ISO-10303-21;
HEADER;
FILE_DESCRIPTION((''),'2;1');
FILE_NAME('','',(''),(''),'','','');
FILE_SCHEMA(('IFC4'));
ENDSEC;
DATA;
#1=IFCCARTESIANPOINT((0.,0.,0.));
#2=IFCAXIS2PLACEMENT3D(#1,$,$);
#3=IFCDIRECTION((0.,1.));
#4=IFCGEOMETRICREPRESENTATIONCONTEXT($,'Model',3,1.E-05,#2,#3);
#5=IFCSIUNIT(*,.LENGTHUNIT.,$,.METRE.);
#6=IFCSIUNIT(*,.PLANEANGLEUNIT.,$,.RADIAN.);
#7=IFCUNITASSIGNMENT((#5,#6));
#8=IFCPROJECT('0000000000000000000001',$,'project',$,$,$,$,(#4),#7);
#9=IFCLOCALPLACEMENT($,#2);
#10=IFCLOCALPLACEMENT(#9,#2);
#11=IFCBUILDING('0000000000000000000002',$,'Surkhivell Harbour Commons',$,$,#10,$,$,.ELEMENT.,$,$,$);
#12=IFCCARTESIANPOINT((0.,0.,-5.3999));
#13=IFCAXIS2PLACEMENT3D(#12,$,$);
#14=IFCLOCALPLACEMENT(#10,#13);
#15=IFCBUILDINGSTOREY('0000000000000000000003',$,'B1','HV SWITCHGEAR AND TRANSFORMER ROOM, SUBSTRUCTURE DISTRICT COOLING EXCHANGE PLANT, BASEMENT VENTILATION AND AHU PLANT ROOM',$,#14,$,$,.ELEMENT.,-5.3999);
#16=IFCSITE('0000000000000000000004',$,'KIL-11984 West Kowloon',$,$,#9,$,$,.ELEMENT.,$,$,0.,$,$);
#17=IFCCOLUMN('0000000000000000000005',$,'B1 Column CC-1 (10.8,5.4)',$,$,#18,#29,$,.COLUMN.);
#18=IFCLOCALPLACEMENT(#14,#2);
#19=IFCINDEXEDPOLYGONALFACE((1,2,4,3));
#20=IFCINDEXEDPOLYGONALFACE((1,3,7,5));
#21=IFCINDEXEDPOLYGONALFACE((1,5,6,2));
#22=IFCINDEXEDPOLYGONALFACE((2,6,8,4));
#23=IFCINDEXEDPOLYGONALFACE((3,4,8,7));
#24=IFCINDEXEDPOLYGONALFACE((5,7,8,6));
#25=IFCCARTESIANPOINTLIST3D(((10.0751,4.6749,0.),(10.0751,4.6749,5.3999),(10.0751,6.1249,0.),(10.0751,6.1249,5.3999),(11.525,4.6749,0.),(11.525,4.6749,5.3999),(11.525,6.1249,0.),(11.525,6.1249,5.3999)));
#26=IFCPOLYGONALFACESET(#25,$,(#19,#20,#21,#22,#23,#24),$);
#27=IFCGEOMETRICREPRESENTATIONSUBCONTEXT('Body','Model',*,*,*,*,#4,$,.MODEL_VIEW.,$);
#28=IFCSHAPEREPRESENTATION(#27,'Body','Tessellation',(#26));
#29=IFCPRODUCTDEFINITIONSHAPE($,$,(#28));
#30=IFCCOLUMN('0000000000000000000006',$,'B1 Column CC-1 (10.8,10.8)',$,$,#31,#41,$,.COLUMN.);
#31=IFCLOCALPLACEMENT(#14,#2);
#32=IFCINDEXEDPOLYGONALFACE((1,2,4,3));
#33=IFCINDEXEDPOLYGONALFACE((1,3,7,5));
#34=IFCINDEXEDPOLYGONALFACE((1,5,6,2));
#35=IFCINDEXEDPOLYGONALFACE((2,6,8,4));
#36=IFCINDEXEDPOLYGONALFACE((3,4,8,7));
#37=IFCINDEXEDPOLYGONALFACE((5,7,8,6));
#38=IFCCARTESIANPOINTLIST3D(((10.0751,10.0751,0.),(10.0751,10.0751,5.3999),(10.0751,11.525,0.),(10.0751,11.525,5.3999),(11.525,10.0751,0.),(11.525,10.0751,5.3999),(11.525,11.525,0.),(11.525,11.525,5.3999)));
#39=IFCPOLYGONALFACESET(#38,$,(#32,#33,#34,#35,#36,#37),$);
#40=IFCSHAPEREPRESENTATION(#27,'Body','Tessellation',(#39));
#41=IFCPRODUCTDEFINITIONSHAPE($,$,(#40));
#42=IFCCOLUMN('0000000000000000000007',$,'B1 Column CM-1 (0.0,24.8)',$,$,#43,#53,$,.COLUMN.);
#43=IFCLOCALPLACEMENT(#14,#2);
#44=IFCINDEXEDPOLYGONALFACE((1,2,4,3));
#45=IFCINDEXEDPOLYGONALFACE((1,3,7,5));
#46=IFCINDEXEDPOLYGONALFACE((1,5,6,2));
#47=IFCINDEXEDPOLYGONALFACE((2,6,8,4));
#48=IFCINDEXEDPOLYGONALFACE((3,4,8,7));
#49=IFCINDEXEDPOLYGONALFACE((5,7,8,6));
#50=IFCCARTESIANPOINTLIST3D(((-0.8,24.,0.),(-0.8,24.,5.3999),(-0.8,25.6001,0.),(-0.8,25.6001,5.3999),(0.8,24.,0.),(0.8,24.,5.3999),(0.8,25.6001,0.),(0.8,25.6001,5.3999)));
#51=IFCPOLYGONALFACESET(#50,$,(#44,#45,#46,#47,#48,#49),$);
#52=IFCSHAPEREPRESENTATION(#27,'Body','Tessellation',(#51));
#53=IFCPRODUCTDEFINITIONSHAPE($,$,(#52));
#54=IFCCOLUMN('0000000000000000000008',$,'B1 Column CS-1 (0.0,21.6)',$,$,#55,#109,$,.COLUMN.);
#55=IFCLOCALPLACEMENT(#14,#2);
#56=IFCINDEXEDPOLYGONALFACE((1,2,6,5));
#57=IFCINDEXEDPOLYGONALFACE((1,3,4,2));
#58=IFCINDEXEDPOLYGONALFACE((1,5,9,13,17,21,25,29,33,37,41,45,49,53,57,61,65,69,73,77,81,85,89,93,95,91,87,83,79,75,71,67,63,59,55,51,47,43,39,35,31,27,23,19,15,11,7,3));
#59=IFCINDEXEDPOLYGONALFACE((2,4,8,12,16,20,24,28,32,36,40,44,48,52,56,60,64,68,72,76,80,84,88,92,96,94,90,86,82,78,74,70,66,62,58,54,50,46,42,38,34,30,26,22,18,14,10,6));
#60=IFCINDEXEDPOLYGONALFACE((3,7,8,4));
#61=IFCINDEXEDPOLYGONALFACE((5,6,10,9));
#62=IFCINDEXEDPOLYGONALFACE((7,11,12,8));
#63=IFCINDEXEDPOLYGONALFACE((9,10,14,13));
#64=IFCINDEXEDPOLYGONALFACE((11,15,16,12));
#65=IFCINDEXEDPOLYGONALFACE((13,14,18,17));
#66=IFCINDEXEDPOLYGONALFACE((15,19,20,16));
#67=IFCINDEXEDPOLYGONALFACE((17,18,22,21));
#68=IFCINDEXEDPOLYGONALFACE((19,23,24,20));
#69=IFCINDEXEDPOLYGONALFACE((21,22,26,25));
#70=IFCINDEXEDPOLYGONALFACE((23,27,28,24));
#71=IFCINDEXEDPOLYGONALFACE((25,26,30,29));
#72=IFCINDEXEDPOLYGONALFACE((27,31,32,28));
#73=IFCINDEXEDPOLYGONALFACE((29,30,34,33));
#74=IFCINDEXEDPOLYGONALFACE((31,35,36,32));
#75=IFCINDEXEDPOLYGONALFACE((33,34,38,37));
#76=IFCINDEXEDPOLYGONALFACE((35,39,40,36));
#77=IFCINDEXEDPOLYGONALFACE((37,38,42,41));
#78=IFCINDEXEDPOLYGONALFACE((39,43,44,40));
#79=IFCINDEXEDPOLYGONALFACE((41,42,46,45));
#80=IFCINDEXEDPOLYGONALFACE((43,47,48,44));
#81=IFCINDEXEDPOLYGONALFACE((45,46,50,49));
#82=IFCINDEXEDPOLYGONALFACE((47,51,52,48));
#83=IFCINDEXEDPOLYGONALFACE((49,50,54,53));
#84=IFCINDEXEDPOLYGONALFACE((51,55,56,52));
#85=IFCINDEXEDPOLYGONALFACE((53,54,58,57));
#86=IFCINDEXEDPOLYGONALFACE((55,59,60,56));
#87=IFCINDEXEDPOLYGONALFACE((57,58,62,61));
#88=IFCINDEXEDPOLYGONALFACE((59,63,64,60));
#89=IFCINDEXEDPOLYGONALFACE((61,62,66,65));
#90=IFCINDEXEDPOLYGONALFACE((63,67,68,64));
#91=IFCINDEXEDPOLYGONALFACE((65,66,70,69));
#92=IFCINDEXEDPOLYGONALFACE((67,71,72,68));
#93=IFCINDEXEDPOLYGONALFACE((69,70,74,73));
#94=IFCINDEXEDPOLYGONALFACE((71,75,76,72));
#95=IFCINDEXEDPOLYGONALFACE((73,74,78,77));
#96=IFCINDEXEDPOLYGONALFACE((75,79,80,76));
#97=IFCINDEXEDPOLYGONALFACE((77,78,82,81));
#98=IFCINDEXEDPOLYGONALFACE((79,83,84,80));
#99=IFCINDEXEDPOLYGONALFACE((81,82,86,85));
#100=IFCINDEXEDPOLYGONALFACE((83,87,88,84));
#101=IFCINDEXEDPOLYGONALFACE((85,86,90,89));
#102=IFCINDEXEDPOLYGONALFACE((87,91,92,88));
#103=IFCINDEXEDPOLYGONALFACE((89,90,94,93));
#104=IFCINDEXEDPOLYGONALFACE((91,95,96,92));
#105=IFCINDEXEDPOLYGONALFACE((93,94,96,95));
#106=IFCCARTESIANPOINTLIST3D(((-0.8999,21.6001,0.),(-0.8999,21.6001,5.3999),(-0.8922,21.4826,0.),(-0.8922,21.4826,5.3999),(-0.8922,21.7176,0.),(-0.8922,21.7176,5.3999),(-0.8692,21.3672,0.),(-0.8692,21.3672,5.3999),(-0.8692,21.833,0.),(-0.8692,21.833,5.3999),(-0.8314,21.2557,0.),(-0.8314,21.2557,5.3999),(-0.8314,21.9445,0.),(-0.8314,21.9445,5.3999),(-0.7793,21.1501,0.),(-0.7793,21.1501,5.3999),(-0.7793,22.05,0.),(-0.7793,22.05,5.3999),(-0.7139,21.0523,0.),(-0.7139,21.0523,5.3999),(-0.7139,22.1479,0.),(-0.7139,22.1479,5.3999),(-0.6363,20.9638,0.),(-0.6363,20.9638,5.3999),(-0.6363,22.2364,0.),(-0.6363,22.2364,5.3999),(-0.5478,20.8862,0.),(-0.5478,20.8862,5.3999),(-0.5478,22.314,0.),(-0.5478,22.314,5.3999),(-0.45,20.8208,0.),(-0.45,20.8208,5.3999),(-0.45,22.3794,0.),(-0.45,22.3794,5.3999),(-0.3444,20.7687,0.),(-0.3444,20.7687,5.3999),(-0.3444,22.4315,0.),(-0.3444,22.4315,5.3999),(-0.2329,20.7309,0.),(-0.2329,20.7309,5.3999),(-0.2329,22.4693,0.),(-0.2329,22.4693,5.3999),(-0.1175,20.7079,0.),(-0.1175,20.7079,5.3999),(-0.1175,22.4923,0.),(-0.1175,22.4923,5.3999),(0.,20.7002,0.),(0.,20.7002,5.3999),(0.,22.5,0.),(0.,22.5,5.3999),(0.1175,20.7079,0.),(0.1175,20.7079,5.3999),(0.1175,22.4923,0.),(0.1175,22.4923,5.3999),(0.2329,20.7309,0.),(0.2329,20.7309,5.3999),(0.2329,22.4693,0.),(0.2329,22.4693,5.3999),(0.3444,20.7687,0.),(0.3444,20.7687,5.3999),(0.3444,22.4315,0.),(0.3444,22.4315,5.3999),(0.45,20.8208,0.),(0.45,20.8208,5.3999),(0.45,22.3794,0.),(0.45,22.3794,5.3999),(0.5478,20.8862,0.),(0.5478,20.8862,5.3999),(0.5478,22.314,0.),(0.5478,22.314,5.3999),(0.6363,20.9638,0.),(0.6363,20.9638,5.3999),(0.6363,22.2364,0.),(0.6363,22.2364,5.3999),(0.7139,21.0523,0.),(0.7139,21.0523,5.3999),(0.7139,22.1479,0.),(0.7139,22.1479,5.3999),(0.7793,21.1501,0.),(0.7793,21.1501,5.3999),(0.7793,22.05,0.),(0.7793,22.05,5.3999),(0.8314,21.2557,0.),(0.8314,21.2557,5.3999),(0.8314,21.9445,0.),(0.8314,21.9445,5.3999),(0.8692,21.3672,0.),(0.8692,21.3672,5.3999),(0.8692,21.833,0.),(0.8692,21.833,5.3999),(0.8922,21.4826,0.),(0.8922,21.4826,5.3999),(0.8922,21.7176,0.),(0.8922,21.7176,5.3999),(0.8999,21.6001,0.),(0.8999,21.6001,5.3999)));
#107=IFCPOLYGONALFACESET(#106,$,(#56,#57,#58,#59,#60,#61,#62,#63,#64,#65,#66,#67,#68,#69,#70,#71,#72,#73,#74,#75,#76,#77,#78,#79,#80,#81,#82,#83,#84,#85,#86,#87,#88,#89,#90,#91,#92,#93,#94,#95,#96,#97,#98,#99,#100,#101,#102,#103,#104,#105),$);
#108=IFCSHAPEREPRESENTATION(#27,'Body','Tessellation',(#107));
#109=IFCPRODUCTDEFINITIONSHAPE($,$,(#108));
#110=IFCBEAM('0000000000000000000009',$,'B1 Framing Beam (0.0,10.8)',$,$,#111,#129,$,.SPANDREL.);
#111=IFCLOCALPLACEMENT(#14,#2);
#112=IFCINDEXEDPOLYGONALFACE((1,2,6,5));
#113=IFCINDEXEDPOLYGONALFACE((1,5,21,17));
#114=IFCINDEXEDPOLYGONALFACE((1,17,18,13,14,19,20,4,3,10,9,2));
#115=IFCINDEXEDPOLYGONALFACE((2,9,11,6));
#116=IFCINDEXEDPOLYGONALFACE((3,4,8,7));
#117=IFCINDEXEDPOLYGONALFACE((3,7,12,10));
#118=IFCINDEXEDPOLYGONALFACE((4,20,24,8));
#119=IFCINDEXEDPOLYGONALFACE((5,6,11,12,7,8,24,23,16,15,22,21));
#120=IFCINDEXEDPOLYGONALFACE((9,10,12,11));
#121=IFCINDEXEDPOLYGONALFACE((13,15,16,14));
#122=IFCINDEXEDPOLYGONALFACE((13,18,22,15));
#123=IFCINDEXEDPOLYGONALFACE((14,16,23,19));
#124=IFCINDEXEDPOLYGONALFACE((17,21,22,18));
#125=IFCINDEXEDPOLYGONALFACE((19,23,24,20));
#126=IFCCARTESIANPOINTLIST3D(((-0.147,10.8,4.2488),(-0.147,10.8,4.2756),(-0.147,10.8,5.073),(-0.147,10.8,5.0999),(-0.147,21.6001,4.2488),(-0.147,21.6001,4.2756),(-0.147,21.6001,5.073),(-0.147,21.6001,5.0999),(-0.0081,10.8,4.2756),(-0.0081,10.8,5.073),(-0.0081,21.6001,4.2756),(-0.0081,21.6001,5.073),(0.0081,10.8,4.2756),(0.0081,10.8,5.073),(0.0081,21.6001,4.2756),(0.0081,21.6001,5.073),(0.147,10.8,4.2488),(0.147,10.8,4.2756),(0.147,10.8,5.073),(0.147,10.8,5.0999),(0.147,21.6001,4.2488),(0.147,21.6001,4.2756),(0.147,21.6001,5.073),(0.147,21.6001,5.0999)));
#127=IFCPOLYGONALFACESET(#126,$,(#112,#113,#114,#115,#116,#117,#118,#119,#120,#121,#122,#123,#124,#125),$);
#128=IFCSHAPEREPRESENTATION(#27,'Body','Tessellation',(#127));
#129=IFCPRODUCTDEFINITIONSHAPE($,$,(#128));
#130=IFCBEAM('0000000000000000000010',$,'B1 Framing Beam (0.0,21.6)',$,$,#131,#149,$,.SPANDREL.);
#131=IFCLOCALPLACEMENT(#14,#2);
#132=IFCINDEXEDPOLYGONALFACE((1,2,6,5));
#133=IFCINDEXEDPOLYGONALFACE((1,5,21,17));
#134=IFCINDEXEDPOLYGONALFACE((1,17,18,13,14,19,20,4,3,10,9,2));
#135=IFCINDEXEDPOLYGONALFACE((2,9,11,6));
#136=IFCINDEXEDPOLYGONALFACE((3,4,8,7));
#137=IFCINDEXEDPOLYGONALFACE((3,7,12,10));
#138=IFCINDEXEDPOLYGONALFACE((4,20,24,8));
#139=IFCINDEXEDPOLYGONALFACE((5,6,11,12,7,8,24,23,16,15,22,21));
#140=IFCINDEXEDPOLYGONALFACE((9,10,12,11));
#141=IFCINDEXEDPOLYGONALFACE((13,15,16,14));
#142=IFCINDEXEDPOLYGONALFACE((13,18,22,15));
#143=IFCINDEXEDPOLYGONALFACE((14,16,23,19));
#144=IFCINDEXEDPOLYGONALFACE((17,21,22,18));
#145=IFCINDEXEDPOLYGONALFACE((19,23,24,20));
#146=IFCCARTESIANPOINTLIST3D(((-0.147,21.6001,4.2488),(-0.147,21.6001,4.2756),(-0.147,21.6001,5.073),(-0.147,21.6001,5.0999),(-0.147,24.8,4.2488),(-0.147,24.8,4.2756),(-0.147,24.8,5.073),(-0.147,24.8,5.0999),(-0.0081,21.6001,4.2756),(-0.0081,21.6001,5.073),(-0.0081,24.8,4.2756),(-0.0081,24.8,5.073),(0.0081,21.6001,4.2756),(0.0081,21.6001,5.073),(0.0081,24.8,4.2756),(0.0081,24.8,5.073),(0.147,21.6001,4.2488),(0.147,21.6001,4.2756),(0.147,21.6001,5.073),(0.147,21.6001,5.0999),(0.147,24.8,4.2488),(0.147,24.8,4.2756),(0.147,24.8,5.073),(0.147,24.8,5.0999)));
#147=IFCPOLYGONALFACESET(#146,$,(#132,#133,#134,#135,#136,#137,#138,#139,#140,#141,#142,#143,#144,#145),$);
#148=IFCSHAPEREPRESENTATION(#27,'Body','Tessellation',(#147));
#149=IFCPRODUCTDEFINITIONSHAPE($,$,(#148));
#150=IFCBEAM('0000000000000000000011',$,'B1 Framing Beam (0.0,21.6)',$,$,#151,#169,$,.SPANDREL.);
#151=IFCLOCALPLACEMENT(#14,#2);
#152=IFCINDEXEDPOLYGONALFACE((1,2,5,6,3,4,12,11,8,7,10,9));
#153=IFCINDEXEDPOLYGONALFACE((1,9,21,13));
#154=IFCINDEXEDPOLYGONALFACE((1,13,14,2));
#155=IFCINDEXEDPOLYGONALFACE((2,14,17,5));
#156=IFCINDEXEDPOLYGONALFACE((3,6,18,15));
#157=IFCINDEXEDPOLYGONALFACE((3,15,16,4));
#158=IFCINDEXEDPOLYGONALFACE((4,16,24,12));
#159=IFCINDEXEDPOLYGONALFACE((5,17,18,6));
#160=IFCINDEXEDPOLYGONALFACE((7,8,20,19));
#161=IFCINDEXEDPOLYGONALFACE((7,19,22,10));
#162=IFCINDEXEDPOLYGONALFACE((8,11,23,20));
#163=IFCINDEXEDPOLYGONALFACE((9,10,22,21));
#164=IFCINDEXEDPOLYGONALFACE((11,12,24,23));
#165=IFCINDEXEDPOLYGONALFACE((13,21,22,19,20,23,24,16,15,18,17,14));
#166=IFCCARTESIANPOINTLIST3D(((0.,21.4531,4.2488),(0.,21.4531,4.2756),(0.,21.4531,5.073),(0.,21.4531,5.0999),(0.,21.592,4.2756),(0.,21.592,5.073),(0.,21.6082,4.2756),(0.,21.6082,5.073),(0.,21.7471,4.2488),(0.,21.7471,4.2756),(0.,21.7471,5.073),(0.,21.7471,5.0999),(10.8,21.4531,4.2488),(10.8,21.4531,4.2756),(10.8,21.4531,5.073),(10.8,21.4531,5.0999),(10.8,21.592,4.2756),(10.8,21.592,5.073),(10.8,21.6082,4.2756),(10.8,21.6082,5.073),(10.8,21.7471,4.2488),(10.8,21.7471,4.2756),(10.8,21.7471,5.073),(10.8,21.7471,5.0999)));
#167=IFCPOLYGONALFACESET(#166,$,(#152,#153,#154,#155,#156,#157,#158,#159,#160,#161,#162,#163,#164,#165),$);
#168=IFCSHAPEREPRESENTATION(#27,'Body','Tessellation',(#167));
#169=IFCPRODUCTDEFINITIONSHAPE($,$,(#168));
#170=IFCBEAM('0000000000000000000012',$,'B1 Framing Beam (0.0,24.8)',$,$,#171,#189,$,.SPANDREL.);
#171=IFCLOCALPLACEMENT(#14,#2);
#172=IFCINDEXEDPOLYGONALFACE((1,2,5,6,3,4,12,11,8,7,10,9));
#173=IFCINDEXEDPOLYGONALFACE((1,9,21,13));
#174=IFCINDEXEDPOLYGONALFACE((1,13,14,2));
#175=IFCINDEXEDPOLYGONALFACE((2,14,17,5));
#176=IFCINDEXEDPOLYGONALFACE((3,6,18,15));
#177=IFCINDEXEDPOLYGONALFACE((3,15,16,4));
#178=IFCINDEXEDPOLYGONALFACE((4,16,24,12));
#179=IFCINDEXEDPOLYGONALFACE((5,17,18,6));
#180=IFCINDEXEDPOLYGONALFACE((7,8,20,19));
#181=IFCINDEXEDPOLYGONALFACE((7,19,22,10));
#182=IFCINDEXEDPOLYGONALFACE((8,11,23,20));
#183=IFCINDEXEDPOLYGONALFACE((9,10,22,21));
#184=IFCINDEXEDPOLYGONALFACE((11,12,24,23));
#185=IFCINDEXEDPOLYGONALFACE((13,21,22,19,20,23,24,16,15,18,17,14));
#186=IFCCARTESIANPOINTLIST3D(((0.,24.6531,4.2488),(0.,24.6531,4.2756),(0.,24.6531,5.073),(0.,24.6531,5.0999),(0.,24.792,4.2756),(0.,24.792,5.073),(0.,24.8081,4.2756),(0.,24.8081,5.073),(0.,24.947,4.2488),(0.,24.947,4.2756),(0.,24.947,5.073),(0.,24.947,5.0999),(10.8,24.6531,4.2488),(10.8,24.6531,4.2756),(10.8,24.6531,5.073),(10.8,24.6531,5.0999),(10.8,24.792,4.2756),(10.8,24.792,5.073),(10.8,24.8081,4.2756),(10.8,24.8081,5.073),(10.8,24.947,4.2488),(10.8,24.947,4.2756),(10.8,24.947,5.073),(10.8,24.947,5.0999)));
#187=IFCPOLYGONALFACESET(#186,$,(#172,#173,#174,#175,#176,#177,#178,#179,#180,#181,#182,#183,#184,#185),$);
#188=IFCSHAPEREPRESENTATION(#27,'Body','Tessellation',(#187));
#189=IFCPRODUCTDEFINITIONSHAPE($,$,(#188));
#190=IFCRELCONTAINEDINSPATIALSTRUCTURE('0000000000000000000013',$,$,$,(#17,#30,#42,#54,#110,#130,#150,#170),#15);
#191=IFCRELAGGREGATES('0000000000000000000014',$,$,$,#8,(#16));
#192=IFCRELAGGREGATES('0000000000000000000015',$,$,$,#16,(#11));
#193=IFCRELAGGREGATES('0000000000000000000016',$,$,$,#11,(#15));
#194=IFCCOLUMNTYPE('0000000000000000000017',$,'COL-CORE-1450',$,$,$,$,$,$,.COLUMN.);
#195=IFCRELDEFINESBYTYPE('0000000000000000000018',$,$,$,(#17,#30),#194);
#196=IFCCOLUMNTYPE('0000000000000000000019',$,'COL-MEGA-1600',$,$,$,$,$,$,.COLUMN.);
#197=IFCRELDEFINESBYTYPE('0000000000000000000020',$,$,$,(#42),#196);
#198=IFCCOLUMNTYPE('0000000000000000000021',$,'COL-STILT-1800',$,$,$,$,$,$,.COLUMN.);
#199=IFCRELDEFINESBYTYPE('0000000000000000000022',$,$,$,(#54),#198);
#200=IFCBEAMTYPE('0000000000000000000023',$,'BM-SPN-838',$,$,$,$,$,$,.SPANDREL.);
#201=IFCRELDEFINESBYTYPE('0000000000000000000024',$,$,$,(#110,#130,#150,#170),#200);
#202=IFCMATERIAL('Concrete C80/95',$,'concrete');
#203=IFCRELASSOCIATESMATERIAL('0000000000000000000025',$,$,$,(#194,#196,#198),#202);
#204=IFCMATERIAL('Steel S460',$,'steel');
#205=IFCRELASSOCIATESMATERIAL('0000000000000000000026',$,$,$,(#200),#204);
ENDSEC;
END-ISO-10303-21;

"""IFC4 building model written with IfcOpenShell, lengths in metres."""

from ifc_helpers import new_model, si_unit, direction, frame, origin, origin_2d, place, context, subcontext, project, spatial, rectangle, circle, i_section, extrude, material, material_profile, profile_set, type_object, element, save


model = new_model("IFC4")

# Units and contexts
model_context = context("Model", 3, precision=1e-05, world=origin(), true_north=direction((0.0, 1.0)))
body_context = subcontext(model_context, "Body", "Model", "MODEL_VIEW")
ifc_project = project(units=[si_unit("LENGTHUNIT", "METRE"), si_unit("PLANEANGLEUNIT", "RADIAN")], contexts=[model_context])

# Site, building, storey
site_placement = place(None, origin())
site = spatial("IfcSite", under=ifc_project, at=site_placement, Name="KIL-11984 West Kowloon", CompositionType="ELEMENT", RefElevation=0.0)
building_placement = place(site_placement, origin())
building = spatial("IfcBuilding", under=site, at=building_placement, Name="Surkhivell Harbour Commons", CompositionType="ELEMENT")
storey_placement = place(building_placement, frame((0.0, 0.0, -5.3999)))
storey = spatial("IfcBuildingStorey", under=building, at=storey_placement, Name="B1", Description="HV SWITCHGEAR AND TRANSFORMER ROOM, SUBSTRUCTURE DISTRICT COOLING EXCHANGE PLANT, BASEMENT VENTILATION AND AHU PLANT ROOM", CompositionType="ELEMENT", Elevation=-5.3999)

# Columns
ifc_material_1 = material(Name="Concrete C80/95", Category="concrete")
ifc_material_profile_1 = material_profile(ifc_material_1, rectangle(XDim=1.45, YDim=1.45, at=origin_2d()), Name="RC-COL-1450x1450")
ifc_profile_set_1 = profile_set([ifc_material_profile_1], Name="Concrete C80/95")
column_type_1 = type_object("IfcColumnType", Name="COL-CORE-1450", PredefinedType="COLUMN", material=ifc_profile_set_1)
for number, where, z_axis, x_axis, name in (
    (1, (10.8, 5.3999, 0.0), (0.0, 0.0, 1.0), (1.0, 0.0, 0.0), "B1 Column CC-1 (10.8,5.4)"),
    (2, (10.8, 10.8, 0.0), (0.0, 0.0, 1.0), (1.0, 0.0, 0.0), "B1 Column CC-1 (10.8,10.8)"),
):
    element("IfcColumn", number, at=place(storey_placement, frame(where, z_axis=z_axis, x_axis=x_axis)), inside=storey, type_object=column_type_1, Name=name, PredefinedType="COLUMN", context=body_context, shape_type="SweptSolid", body=[
        extrude(rectangle(XDim=1.45, YDim=1.45, at=origin_2d()), origin(), (0.0, 0.0, 1.0), 5.3999),
    ])
ifc_material_profile_2 = material_profile(ifc_material_1, rectangle(XDim=1.6001, YDim=1.6001, at=origin_2d()), Name="RC-COL-1600x1600")
ifc_profile_set_2 = profile_set([ifc_material_profile_2], Name="Concrete C80/95")
column_type_2 = type_object("IfcColumnType", Name="COL-MEGA-1600", PredefinedType="COLUMN", material=ifc_profile_set_2)
column_1_placement = place(storey_placement, frame((0.0, 24.8, 0.0), z_axis=(0.0, 0.0, 1.0), x_axis=(1.0, 0.0, 0.0)))
element("IfcColumn", 3, at=column_1_placement, inside=storey, type_object=column_type_2, Name="B1 Column CM-1 (0.0,24.8)", PredefinedType="COLUMN", context=body_context, shape_type="SweptSolid", body=[
    extrude(rectangle(XDim=1.6001, YDim=1.6001, at=origin_2d()), origin(), (0.0, 0.0, 1.0), 5.3999),
])
ifc_material_profile_3 = material_profile(ifc_material_1, circle(Radius=0.8999, at=origin_2d()), Name="RC-CIRC-1800")
ifc_profile_set_3 = profile_set([ifc_material_profile_3], Name="Concrete C80/95")
column_type_3 = type_object("IfcColumnType", Name="COL-STILT-1800", PredefinedType="COLUMN", material=ifc_profile_set_3)
column_2_placement = place(storey_placement, frame((0.0, 21.6001, 0.0), z_axis=(0.0, 0.0, 1.0), x_axis=(1.0, 0.0, 0.0)))
element("IfcColumn", 4, at=column_2_placement, inside=storey, type_object=column_type_3, Name="B1 Column CS-1 (0.0,21.6)", PredefinedType="COLUMN", context=body_context, shape_type="SweptSolid", body=[
    extrude(circle(Radius=0.8999, at=origin_2d()), origin(), (0.0, 0.0, 1.0), 5.3999),
])

# Beams
ifc_material_2 = material(Name="Steel S460", Category="steel")
ifc_material_profile_4 = material_profile(ifc_material_2, i_section(OverallWidth=0.2939, OverallDepth=0.8511, WebThickness=0.0161, FlangeThickness=0.0269, at=origin_2d()), Name="UB838x292x226")
ifc_profile_set_4 = profile_set([ifc_material_profile_4], Name="Steel S460")
beam_type = type_object("IfcBeamType", Name="BM-SPN-838", PredefinedType="SPANDREL", material=ifc_profile_set_4)
beam_1_placement = place(storey_placement, frame((0.0, 10.8, 4.6743), z_axis=(0.0, 1.0, 0.0), x_axis=(-1.0, 0.0, 0.0)))
element("IfcBeam", 5, at=beam_1_placement, inside=storey, type_object=beam_type, Name="B1 Framing Beam (0.0,10.8)", PredefinedType="SPANDREL", context=body_context, shape_type="SweptSolid", body=[
    extrude(i_section(OverallWidth=0.2939, OverallDepth=0.8511, WebThickness=0.0161, FlangeThickness=0.0269, at=origin_2d()), origin(), (0.0, 0.0, 1.0), 10.8),
])
beam_2_placement = place(storey_placement, frame((0.0, 21.6001, 4.6743), z_axis=(0.0, 1.0, 0.0), x_axis=(-1.0, 0.0, 0.0)))
element("IfcBeam", 6, at=beam_2_placement, inside=storey, type_object=beam_type, Name="B1 Framing Beam (0.0,21.6)", PredefinedType="SPANDREL", context=body_context, shape_type="SweptSolid", body=[
    extrude(i_section(OverallWidth=0.2939, OverallDepth=0.8511, WebThickness=0.0161, FlangeThickness=0.0269, at=origin_2d()), origin(), (0.0, 0.0, 1.0), 3.2),
])
for number, where, z_axis, x_axis, name in (
    (7, (0.0, 21.6001, 4.6743), (1.0, 0.0, 0.0), (0.0, 1.0, 0.0), "B1 Framing Beam (0.0,21.6)"),
    (8, (0.0, 24.8, 4.6743), (1.0, 0.0, 0.0), (0.0, 1.0, 0.0), "B1 Framing Beam (0.0,24.8)"),
):
    element("IfcBeam", number, at=place(storey_placement, frame(where, z_axis=z_axis, x_axis=x_axis)), inside=storey, type_object=beam_type, Name=name, PredefinedType="SPANDREL", context=body_context, shape_type="SweptSolid", body=[
        extrude(i_section(OverallWidth=0.2939, OverallDepth=0.8511, WebThickness=0.0161, FlangeThickness=0.0269, at=origin_2d()), origin(), (0.0, 0.0, 1.0), 10.8),
    ])

save(model, "model.ifc")
